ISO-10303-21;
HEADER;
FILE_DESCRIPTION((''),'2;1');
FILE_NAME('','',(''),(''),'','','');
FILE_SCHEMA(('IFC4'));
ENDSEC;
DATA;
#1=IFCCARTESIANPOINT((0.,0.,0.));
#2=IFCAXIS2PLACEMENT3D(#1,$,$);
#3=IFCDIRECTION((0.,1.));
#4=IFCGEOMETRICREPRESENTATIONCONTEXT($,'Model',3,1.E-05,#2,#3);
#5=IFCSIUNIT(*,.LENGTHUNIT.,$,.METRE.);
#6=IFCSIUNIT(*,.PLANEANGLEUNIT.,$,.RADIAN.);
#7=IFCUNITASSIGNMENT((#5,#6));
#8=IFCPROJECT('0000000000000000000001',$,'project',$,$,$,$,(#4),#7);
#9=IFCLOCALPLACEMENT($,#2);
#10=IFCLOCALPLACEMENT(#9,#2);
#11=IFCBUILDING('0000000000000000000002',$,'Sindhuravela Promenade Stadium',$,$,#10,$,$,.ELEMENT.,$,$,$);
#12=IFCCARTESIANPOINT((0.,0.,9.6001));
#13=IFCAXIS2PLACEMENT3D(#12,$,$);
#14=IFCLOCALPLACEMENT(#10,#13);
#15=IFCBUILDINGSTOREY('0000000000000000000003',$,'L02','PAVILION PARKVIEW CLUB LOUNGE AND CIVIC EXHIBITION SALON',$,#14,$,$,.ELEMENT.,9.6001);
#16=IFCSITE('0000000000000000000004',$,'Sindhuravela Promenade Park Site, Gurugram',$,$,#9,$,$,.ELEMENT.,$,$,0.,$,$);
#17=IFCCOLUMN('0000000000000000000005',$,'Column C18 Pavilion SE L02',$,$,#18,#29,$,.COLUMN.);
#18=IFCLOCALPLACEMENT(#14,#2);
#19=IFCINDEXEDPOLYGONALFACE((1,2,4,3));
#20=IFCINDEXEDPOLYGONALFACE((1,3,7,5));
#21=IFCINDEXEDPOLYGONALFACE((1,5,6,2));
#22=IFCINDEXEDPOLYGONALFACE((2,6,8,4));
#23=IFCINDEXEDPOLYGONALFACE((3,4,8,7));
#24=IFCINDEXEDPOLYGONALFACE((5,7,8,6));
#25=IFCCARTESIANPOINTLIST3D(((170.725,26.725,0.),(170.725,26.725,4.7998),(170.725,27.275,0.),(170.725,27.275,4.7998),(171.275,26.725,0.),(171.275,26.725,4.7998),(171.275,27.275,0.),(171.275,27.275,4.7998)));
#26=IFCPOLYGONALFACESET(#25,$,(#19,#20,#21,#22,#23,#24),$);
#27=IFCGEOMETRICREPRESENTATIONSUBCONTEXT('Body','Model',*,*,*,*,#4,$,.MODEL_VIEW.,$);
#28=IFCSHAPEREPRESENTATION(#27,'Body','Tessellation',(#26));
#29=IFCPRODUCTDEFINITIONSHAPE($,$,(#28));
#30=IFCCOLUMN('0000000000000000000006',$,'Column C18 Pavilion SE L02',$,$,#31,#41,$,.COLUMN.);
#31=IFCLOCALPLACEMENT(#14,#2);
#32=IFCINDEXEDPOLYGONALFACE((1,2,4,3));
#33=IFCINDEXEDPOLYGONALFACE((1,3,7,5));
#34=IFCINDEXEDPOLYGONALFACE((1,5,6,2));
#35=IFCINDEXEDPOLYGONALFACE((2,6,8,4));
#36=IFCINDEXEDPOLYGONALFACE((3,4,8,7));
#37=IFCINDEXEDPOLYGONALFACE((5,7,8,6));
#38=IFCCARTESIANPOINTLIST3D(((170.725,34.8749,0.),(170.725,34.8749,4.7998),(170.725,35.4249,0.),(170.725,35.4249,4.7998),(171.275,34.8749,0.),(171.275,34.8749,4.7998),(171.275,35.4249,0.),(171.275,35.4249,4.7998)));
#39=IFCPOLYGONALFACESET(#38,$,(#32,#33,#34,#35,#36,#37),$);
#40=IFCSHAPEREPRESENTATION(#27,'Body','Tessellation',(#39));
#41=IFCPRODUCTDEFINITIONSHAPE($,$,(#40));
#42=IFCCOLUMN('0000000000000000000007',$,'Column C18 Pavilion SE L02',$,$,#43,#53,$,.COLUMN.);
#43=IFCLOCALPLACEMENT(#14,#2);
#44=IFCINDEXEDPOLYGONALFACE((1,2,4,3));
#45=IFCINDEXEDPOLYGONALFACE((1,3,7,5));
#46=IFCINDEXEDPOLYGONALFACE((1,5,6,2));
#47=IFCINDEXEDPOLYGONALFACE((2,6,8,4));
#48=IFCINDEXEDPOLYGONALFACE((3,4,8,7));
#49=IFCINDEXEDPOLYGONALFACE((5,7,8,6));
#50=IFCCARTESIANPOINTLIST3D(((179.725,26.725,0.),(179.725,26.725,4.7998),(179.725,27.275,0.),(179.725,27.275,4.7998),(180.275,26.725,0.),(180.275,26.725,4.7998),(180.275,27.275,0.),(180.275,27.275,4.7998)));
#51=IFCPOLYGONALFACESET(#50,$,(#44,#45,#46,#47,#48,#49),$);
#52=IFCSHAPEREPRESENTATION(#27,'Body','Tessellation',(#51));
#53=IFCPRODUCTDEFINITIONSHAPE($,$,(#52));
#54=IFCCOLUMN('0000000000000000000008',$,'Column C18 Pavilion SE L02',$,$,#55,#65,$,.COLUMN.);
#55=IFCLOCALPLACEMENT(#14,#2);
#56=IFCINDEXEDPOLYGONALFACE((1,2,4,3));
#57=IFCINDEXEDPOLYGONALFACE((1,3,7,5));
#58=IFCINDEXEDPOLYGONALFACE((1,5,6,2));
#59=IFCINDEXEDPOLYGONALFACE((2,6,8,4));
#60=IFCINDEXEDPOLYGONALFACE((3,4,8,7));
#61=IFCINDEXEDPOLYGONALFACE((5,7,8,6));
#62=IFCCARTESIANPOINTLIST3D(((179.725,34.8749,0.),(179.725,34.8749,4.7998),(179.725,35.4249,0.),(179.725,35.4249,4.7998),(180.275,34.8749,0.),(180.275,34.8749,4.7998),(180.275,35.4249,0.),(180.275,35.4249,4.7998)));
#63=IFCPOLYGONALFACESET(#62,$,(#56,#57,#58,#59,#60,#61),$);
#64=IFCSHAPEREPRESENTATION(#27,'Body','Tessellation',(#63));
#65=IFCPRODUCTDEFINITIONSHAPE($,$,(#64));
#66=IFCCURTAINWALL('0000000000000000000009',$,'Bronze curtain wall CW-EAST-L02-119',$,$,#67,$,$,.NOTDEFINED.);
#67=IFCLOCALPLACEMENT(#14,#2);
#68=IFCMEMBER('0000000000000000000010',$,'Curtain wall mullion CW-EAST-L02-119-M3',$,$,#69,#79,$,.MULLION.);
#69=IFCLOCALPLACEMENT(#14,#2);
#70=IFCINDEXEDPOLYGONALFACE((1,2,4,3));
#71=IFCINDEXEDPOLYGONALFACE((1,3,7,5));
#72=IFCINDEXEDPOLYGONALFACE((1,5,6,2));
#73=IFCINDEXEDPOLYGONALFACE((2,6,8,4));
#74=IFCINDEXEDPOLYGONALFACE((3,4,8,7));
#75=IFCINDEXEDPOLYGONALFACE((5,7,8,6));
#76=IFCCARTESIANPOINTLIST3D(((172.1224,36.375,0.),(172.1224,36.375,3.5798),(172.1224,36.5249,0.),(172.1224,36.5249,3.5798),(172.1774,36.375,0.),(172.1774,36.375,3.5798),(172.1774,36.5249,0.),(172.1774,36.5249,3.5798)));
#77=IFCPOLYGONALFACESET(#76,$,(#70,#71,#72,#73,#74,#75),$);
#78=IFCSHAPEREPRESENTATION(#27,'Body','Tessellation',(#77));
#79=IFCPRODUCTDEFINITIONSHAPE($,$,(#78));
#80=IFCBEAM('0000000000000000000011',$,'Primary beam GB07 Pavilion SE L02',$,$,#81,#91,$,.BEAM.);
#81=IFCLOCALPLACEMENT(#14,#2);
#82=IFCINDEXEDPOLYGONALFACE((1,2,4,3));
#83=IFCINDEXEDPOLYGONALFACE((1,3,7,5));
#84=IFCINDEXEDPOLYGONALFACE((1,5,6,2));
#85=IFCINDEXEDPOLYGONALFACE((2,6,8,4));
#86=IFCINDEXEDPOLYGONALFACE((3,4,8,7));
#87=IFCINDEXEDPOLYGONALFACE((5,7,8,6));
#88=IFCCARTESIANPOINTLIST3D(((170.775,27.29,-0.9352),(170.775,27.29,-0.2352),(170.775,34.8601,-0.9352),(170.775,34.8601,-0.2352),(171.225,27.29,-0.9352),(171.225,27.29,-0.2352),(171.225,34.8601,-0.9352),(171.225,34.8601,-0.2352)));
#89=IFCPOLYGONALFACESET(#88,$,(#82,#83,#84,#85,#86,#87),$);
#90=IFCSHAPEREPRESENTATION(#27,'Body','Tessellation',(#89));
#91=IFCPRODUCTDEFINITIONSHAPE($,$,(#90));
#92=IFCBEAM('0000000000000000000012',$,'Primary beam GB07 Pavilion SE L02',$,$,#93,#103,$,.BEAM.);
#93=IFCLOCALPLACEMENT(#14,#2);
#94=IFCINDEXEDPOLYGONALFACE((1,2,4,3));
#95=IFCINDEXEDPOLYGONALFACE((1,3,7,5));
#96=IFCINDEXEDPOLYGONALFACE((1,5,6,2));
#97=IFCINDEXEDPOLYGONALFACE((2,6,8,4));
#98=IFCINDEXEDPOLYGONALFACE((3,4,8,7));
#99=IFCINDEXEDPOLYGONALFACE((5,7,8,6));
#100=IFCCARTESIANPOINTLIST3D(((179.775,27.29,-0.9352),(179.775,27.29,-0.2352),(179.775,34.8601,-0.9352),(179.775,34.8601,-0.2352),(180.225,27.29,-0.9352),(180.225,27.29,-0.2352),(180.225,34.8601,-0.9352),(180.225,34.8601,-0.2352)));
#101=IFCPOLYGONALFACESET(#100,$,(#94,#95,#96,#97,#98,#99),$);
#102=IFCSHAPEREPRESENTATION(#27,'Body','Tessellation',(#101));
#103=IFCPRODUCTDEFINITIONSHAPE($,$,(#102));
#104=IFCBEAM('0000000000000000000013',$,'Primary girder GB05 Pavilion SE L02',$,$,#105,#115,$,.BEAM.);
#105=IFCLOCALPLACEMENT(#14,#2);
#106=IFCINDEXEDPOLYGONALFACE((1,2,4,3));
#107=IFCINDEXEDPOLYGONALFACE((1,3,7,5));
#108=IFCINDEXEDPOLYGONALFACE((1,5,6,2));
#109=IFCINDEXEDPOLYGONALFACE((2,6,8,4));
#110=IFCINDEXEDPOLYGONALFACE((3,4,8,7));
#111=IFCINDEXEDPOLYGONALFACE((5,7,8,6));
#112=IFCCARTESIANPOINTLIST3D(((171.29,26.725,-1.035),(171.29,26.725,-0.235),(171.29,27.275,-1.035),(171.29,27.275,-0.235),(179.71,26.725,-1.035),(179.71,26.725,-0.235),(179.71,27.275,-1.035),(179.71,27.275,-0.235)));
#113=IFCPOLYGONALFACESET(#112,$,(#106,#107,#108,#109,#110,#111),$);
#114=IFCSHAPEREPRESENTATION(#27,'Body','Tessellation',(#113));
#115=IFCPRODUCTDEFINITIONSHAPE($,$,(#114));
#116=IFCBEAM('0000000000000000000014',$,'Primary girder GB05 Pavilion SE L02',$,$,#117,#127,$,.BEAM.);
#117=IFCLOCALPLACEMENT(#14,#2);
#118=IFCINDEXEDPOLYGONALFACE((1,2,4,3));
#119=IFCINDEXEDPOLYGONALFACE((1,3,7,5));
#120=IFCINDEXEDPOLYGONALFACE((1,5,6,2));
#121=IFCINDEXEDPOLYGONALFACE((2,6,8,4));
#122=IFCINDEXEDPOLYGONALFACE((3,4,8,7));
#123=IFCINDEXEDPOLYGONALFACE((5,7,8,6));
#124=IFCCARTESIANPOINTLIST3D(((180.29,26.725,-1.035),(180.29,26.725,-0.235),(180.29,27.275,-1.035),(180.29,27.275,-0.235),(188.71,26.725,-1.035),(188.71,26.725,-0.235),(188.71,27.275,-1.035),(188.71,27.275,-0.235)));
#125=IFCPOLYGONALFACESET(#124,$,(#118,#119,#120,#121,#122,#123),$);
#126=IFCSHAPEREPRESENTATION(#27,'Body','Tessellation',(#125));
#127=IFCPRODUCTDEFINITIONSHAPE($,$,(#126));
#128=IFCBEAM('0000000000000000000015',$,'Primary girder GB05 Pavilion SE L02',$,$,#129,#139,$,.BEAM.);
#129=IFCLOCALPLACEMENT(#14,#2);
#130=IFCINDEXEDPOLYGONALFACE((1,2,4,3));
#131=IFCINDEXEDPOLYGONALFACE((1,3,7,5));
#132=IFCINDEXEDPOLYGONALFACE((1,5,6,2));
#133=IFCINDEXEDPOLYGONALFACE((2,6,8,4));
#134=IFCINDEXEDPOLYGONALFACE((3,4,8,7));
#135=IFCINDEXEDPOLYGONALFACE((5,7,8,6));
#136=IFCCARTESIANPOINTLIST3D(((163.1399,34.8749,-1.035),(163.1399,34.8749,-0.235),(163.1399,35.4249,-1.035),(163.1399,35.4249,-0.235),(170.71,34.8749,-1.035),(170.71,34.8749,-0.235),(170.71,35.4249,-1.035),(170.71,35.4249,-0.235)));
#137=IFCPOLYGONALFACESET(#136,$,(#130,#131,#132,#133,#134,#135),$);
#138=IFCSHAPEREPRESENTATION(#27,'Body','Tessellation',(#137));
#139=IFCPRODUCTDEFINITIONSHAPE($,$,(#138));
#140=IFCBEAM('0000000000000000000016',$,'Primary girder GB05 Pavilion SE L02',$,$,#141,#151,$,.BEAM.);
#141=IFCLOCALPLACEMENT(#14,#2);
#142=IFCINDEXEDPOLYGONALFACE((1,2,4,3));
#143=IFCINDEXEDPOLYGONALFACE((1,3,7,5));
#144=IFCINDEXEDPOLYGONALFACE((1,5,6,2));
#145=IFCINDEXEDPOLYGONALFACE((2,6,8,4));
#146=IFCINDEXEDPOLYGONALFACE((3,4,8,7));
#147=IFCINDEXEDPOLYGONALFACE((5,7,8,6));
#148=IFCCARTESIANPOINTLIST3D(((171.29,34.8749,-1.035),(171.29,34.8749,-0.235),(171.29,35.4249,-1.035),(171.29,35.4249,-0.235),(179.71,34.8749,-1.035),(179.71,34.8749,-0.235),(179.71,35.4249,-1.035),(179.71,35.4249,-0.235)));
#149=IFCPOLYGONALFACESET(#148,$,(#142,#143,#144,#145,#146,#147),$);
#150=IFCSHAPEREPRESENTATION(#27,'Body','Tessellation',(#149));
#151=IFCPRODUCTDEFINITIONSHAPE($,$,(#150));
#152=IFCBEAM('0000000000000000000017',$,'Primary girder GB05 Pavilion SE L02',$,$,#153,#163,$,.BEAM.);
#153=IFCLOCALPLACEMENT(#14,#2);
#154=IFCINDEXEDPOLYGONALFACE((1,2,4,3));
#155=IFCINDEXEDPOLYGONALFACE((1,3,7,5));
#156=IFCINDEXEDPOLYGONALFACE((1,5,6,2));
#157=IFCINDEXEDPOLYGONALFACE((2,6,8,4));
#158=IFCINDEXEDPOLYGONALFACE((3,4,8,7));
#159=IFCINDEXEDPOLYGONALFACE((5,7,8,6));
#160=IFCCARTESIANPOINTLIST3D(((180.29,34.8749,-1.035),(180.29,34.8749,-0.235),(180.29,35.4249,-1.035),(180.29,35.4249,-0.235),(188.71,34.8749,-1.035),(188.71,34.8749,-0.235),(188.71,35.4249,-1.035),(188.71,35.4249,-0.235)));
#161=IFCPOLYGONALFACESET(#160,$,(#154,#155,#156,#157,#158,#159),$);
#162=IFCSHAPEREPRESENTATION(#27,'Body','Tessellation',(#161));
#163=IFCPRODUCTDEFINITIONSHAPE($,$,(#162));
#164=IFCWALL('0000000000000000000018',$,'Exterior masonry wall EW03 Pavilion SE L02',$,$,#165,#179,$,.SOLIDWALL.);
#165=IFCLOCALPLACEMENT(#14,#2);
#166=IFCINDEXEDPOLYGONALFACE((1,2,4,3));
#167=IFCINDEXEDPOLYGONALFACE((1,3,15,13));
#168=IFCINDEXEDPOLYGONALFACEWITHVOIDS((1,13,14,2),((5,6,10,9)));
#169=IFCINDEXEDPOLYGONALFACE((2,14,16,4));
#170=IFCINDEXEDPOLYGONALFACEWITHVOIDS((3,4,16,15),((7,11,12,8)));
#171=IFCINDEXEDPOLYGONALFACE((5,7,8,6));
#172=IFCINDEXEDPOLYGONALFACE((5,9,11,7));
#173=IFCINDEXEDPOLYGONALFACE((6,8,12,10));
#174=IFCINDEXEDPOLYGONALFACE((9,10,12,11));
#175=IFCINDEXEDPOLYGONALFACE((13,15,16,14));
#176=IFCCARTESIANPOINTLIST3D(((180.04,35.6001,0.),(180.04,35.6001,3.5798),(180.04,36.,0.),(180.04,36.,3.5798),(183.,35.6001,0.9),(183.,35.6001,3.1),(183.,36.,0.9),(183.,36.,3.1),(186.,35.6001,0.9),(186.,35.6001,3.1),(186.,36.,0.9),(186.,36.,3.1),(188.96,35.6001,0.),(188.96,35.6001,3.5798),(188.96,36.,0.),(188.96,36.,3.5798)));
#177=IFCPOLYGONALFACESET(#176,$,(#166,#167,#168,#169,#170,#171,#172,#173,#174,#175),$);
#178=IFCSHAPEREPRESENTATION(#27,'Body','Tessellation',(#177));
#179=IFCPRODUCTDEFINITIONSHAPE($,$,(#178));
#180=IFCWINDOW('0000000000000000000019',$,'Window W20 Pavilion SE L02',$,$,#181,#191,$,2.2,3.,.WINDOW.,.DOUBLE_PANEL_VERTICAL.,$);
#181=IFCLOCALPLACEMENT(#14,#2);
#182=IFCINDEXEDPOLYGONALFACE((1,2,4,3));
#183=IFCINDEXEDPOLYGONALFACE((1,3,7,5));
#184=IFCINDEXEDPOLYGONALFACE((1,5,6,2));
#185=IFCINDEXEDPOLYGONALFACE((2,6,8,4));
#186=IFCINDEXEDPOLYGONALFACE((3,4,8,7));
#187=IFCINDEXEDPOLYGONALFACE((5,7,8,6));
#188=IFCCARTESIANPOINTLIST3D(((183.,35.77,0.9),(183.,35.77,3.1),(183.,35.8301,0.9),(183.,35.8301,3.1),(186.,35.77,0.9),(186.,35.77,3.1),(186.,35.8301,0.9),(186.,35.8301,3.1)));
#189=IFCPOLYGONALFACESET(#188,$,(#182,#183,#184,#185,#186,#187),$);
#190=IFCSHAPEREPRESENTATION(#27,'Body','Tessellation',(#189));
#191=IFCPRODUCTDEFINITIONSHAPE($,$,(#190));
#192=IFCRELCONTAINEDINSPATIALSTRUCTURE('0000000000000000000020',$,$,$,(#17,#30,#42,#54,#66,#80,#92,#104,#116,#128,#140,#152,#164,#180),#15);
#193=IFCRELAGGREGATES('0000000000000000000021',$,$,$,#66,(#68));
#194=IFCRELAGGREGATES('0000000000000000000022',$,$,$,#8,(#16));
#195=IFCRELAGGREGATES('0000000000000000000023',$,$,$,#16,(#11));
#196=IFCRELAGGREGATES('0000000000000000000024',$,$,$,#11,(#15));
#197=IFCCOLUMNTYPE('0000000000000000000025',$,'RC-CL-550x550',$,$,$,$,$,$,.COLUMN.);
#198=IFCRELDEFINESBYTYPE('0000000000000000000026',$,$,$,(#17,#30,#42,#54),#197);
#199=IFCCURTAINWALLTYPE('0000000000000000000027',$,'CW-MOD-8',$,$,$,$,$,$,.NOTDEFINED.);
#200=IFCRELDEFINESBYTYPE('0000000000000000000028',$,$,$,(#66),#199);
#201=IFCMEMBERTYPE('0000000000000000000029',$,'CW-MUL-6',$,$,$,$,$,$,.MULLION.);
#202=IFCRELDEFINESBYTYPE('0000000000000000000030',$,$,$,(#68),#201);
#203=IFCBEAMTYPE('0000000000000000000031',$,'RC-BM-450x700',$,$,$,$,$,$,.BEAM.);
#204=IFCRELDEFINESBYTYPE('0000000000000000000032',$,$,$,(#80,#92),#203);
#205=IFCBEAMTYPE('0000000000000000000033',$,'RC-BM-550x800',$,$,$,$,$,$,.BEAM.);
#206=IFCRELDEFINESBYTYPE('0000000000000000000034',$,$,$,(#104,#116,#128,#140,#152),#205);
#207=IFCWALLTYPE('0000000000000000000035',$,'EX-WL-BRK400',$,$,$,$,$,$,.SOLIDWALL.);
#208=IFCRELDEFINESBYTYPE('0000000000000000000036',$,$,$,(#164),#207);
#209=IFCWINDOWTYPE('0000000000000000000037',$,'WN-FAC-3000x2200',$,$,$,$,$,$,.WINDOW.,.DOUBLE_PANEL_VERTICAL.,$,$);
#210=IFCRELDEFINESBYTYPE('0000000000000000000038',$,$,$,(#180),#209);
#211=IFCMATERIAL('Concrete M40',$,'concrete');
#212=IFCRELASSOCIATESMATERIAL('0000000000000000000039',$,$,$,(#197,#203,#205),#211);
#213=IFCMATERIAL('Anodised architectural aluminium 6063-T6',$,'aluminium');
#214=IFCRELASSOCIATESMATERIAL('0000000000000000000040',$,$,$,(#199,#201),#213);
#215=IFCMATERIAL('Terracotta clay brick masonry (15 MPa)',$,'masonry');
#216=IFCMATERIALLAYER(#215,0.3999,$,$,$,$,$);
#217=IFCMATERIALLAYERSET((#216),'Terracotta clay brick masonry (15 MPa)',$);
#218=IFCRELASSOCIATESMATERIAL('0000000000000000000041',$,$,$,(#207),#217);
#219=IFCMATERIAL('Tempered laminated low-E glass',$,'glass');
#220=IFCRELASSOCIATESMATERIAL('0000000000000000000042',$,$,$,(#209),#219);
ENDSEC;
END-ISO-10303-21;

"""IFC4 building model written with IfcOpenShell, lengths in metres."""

from ifc_helpers import new_model, si_unit, direction, frame, frame_2d, origin, origin_2d, place, context, subcontext, project, spatial, rectangle, extrude, material, layer, layer_set, material_profile, profile_set, type_object, element, fill, aggregate, save


model = new_model("IFC4")

# Units and contexts
model_context = context("Model", 3, precision=1e-05, world=origin(), true_north=direction((0.0, 1.0)))
body_context = subcontext(model_context, "Body", "Model", "MODEL_VIEW")
ifc_project = project(units=[si_unit("LENGTHUNIT", "METRE"), si_unit("PLANEANGLEUNIT", "RADIAN")], contexts=[model_context])

# Site, building, storey
site_placement = place(None, origin())
site = spatial("IfcSite", under=ifc_project, at=site_placement, Name="Sindhuravela Promenade Park Site, Gurugram", CompositionType="ELEMENT", RefElevation=0.0)
building_placement = place(site_placement, origin())
building = spatial("IfcBuilding", under=site, at=building_placement, Name="Sindhuravela Promenade Stadium", CompositionType="ELEMENT")
storey_placement = place(building_placement, frame((0.0, 0.0, 9.6001)))
storey = spatial("IfcBuildingStorey", under=building, at=storey_placement, Name="L02", Description="PAVILION PARKVIEW CLUB LOUNGE AND CIVIC EXHIBITION SALON", CompositionType="ELEMENT", Elevation=9.6001)

# Columns
ifc_material_1 = material(Name="Concrete M40", Category="concrete")
ifc_material_profile_1 = material_profile(ifc_material_1, rectangle(XDim=0.55, YDim=0.55, at=origin_2d()), Name="RC 550x550")
ifc_profile_set_1 = profile_set([ifc_material_profile_1], Name="Concrete M40")
column_type = type_object("IfcColumnType", Name="RC-CL-550x550", PredefinedType="COLUMN", material=ifc_profile_set_1)
for number, where, z_axis, x_axis, name in (
    (1, (171.0, 27.0, 0.0), (0.0, 0.0, 1.0), (1.0, 0.0, 0.0), "Column C18 Pavilion SE L02"),
    (2, (171.0, 35.1499, 0.0), (0.0, 0.0, 1.0), (1.0, 0.0, 0.0), "Column C18 Pavilion SE L02"),
    (3, (180.0, 27.0, 0.0), (0.0, 0.0, 1.0), (1.0, 0.0, 0.0), "Column C18 Pavilion SE L02"),
    (4, (180.0, 35.1499, 0.0), (0.0, 0.0, 1.0), (1.0, 0.0, 0.0), "Column C18 Pavilion SE L02"),
):
    element("IfcColumn", number, at=place(storey_placement, frame(where, z_axis=z_axis, x_axis=x_axis)), inside=storey, type_object=column_type, Name=name, PredefinedType="COLUMN", context=body_context, shape_type="SweptSolid", body=[
        extrude(rectangle(XDim=0.55, YDim=0.55, at=origin_2d()), origin(), (0.0, 0.0, 1.0), 4.7998),
    ])

# Curtain wall, member
ifc_material_2 = material(Name="Anodised architectural aluminium 6063-T6", Category="aluminium")
curtain_wall_type = type_object("IfcCurtainWallType", Name="CW-MOD-8", PredefinedType="NOTDEFINED", material=ifc_material_2)
curtain_wall_placement = place(storey_placement, origin())
curtain_wall = element("IfcCurtainWall", 5, at=curtain_wall_placement, inside=storey, type_object=curtain_wall_type, Name="Bronze curtain wall CW-EAST-L02-119", PredefinedType="NOTDEFINED")
ifc_material_profile_2 = material_profile(ifc_material_2, rectangle(XDim=0.0549, YDim=0.1499, at=origin_2d()), Name="ALU M55x150")
ifc_profile_set_2 = profile_set([ifc_material_profile_2], Name="Anodised architectural aluminium 6063-T6")
member_type = type_object("IfcMemberType", Name="CW-MUL-6", PredefinedType="MULLION", material=ifc_profile_set_2)
member_placement = place(storey_placement, frame((172.1499, 36.45, 0.0), z_axis=(0.0, 0.0, 1.0), x_axis=(1.0, 0.0, 0.0)))
member = element("IfcMember", 6, at=member_placement, type_object=member_type, Name="Curtain wall mullion CW-EAST-L02-119-M3", PredefinedType="MULLION", context=body_context, shape_type="SweptSolid", body=[
    extrude(rectangle(XDim=0.0549, YDim=0.1499, at=origin_2d()), origin(), (0.0, 0.0, 1.0), 3.5798),
])
aggregate(curtain_wall, [member])

# Beams
ifc_material_profile_3 = material_profile(ifc_material_1, rectangle(XDim=0.45, YDim=0.7, at=origin_2d()), Name="RC 450x700")
ifc_profile_set_3 = profile_set([ifc_material_profile_3], Name="Concrete M40")
beam_type_1 = type_object("IfcBeamType", Name="RC-BM-450x700", PredefinedType="BEAM", material=ifc_profile_set_3)
for number, where, z_axis, x_axis, name in (
    (7, (171.0, 27.29, -0.5852), (0.0, 1.0, 0.0), (-1.0, 0.0, 0.0), "Primary beam GB07 Pavilion SE L02"),
    (8, (180.0, 27.29, -0.5852), (0.0, 1.0, 0.0), (-1.0, 0.0, 0.0), "Primary beam GB07 Pavilion SE L02"),
):
    element("IfcBeam", number, at=place(storey_placement, frame(where, z_axis=z_axis, x_axis=x_axis)), inside=storey, type_object=beam_type_1, Name=name, PredefinedType="BEAM", context=body_context, shape_type="SweptSolid", body=[
        extrude(rectangle(XDim=0.45, YDim=0.7, at=origin_2d()), origin(), (0.0, 0.0, 1.0), 7.5701),
    ])
ifc_material_profile_4 = material_profile(ifc_material_1, rectangle(XDim=0.55, YDim=0.8, at=origin_2d()), Name="RC 550x800")
ifc_profile_set_4 = profile_set([ifc_material_profile_4], Name="Concrete M40")
beam_type_2 = type_object("IfcBeamType", Name="RC-BM-550x800", PredefinedType="BEAM", material=ifc_profile_set_4)
for number, where, z_axis, x_axis, name in (
    (9, (171.29, 27.0, -0.635), (1.0, 0.0, 0.0), (0.0, 1.0, 0.0), "Primary girder GB05 Pavilion SE L02"),
    (10, (180.29, 27.0, -0.635), (1.0, 0.0, 0.0), (0.0, 1.0, 0.0), "Primary girder GB05 Pavilion SE L02"),
):
    element("IfcBeam", number, at=place(storey_placement, frame(where, z_axis=z_axis, x_axis=x_axis)), inside=storey, type_object=beam_type_2, Name=name, PredefinedType="BEAM", context=body_context, shape_type="SweptSolid", body=[
        extrude(rectangle(XDim=0.55, YDim=0.8, at=origin_2d()), origin(), (0.0, 0.0, 1.0), 8.4199),
    ])
beam_placement = place(storey_placement, frame((163.1399, 35.1499, -0.635), z_axis=(1.0, 0.0, 0.0), x_axis=(0.0, 1.0, 0.0)))
element("IfcBeam", 11, at=beam_placement, inside=storey, type_object=beam_type_2, Name="Primary girder GB05 Pavilion SE L02", PredefinedType="BEAM", context=body_context, shape_type="SweptSolid", body=[
    extrude(rectangle(XDim=0.55, YDim=0.8, at=origin_2d()), origin(), (0.0, 0.0, 1.0), 7.5701),
])
for number, where, z_axis, x_axis, name in (
    (12, (171.29, 35.1499, -0.635), (1.0, 0.0, 0.0), (0.0, 1.0, 0.0), "Primary girder GB05 Pavilion SE L02"),
    (13, (180.29, 35.1499, -0.635), (1.0, 0.0, 0.0), (0.0, 1.0, 0.0), "Primary girder GB05 Pavilion SE L02"),
):
    element("IfcBeam", number, at=place(storey_placement, frame(where, z_axis=z_axis, x_axis=x_axis)), inside=storey, type_object=beam_type_2, Name=name, PredefinedType="BEAM", context=body_context, shape_type="SweptSolid", body=[
        extrude(rectangle(XDim=0.55, YDim=0.8, at=origin_2d()), origin(), (0.0, 0.0, 1.0), 8.4199),
    ])

# Wall, opening, window
ifc_material_3 = material(Name="Terracotta clay brick masonry (15 MPa)", Category="masonry")
ifc_layer_1 = layer(ifc_material_3, 0.3999)
ifc_layer_set_1 = layer_set([ifc_layer_1], Name="Terracotta clay brick masonry (15 MPa)")
wall_type_1 = type_object("IfcWallType", Name="EX-WL-BRK400", PredefinedType="SOLIDWALL", material=ifc_layer_set_1)
wall_1_placement = place(storey_placement, frame((180.04, 35.8, 0.0), z_axis=(0.0, 0.0, 1.0), x_axis=(1.0, 0.0, 0.0)))
wall_1 = element("IfcWall", 14, at=wall_1_placement, inside=storey, type_object=wall_type_1, Name="Exterior masonry wall EW03 Pavilion SE L02", PredefinedType="SOLIDWALL", context=body_context, shape_type="SweptSolid", body=[
    extrude(rectangle(XDim=8.9199, YDim=0.3999, at=frame_2d((4.46, 0.0))), origin(), (0.0, 0.0, 1.0), 3.5798),
])
opening_1_placement = place(wall_1_placement, frame((2.96, 0.0, 0.8999)))
opening_1 = element("IfcOpeningElement", 15, at=opening_1_placement, cuts=wall_1, PredefinedType="OPENING", context=body_context, shape_type="SweptSolid", body=[
    extrude(rectangle(XDim=3.0, YDim=2.2, at=frame_2d((1.5, 1.1001))), frame((0.0, 0.21, 0.0), z_axis=(0.0, -1.0, 0.0), x_axis=(1.0, 0.0, 0.0)), (0.0, 0.0, 1.0), 0.4199),
])
ifc_material_4 = material(Name="Tempered laminated low-E glass", Category="glass")
window_type_1 = type_object("IfcWindowType", Name="WN-FAC-3000x2200", PartitioningType="DOUBLE_PANEL_VERTICAL", PredefinedType="WINDOW", material=ifc_material_4)
window_1_placement = place(opening_1_placement, origin())
window_1 = element("IfcWindow", 16, at=window_1_placement, inside=storey, type_object=window_type_1, Name="Window W20 Pavilion SE L02", OverallHeight=2.2, OverallWidth=3.0, PartitioningType="DOUBLE_PANEL_VERTICAL", PredefinedType="WINDOW", context=body_context, shape_type="SweptSolid", body=[
    extrude(rectangle(XDim=3.0, YDim=2.2, at=frame_2d((1.5, 1.1001))), frame((0.0, 0.03, 0.0), z_axis=(0.0, -1.0, 0.0), x_axis=(1.0, 0.0, 0.0)), (0.0, 0.0, 1.0), 0.0601),
])
fill(opening_1, window_1)

save(model, "model.ifc")
